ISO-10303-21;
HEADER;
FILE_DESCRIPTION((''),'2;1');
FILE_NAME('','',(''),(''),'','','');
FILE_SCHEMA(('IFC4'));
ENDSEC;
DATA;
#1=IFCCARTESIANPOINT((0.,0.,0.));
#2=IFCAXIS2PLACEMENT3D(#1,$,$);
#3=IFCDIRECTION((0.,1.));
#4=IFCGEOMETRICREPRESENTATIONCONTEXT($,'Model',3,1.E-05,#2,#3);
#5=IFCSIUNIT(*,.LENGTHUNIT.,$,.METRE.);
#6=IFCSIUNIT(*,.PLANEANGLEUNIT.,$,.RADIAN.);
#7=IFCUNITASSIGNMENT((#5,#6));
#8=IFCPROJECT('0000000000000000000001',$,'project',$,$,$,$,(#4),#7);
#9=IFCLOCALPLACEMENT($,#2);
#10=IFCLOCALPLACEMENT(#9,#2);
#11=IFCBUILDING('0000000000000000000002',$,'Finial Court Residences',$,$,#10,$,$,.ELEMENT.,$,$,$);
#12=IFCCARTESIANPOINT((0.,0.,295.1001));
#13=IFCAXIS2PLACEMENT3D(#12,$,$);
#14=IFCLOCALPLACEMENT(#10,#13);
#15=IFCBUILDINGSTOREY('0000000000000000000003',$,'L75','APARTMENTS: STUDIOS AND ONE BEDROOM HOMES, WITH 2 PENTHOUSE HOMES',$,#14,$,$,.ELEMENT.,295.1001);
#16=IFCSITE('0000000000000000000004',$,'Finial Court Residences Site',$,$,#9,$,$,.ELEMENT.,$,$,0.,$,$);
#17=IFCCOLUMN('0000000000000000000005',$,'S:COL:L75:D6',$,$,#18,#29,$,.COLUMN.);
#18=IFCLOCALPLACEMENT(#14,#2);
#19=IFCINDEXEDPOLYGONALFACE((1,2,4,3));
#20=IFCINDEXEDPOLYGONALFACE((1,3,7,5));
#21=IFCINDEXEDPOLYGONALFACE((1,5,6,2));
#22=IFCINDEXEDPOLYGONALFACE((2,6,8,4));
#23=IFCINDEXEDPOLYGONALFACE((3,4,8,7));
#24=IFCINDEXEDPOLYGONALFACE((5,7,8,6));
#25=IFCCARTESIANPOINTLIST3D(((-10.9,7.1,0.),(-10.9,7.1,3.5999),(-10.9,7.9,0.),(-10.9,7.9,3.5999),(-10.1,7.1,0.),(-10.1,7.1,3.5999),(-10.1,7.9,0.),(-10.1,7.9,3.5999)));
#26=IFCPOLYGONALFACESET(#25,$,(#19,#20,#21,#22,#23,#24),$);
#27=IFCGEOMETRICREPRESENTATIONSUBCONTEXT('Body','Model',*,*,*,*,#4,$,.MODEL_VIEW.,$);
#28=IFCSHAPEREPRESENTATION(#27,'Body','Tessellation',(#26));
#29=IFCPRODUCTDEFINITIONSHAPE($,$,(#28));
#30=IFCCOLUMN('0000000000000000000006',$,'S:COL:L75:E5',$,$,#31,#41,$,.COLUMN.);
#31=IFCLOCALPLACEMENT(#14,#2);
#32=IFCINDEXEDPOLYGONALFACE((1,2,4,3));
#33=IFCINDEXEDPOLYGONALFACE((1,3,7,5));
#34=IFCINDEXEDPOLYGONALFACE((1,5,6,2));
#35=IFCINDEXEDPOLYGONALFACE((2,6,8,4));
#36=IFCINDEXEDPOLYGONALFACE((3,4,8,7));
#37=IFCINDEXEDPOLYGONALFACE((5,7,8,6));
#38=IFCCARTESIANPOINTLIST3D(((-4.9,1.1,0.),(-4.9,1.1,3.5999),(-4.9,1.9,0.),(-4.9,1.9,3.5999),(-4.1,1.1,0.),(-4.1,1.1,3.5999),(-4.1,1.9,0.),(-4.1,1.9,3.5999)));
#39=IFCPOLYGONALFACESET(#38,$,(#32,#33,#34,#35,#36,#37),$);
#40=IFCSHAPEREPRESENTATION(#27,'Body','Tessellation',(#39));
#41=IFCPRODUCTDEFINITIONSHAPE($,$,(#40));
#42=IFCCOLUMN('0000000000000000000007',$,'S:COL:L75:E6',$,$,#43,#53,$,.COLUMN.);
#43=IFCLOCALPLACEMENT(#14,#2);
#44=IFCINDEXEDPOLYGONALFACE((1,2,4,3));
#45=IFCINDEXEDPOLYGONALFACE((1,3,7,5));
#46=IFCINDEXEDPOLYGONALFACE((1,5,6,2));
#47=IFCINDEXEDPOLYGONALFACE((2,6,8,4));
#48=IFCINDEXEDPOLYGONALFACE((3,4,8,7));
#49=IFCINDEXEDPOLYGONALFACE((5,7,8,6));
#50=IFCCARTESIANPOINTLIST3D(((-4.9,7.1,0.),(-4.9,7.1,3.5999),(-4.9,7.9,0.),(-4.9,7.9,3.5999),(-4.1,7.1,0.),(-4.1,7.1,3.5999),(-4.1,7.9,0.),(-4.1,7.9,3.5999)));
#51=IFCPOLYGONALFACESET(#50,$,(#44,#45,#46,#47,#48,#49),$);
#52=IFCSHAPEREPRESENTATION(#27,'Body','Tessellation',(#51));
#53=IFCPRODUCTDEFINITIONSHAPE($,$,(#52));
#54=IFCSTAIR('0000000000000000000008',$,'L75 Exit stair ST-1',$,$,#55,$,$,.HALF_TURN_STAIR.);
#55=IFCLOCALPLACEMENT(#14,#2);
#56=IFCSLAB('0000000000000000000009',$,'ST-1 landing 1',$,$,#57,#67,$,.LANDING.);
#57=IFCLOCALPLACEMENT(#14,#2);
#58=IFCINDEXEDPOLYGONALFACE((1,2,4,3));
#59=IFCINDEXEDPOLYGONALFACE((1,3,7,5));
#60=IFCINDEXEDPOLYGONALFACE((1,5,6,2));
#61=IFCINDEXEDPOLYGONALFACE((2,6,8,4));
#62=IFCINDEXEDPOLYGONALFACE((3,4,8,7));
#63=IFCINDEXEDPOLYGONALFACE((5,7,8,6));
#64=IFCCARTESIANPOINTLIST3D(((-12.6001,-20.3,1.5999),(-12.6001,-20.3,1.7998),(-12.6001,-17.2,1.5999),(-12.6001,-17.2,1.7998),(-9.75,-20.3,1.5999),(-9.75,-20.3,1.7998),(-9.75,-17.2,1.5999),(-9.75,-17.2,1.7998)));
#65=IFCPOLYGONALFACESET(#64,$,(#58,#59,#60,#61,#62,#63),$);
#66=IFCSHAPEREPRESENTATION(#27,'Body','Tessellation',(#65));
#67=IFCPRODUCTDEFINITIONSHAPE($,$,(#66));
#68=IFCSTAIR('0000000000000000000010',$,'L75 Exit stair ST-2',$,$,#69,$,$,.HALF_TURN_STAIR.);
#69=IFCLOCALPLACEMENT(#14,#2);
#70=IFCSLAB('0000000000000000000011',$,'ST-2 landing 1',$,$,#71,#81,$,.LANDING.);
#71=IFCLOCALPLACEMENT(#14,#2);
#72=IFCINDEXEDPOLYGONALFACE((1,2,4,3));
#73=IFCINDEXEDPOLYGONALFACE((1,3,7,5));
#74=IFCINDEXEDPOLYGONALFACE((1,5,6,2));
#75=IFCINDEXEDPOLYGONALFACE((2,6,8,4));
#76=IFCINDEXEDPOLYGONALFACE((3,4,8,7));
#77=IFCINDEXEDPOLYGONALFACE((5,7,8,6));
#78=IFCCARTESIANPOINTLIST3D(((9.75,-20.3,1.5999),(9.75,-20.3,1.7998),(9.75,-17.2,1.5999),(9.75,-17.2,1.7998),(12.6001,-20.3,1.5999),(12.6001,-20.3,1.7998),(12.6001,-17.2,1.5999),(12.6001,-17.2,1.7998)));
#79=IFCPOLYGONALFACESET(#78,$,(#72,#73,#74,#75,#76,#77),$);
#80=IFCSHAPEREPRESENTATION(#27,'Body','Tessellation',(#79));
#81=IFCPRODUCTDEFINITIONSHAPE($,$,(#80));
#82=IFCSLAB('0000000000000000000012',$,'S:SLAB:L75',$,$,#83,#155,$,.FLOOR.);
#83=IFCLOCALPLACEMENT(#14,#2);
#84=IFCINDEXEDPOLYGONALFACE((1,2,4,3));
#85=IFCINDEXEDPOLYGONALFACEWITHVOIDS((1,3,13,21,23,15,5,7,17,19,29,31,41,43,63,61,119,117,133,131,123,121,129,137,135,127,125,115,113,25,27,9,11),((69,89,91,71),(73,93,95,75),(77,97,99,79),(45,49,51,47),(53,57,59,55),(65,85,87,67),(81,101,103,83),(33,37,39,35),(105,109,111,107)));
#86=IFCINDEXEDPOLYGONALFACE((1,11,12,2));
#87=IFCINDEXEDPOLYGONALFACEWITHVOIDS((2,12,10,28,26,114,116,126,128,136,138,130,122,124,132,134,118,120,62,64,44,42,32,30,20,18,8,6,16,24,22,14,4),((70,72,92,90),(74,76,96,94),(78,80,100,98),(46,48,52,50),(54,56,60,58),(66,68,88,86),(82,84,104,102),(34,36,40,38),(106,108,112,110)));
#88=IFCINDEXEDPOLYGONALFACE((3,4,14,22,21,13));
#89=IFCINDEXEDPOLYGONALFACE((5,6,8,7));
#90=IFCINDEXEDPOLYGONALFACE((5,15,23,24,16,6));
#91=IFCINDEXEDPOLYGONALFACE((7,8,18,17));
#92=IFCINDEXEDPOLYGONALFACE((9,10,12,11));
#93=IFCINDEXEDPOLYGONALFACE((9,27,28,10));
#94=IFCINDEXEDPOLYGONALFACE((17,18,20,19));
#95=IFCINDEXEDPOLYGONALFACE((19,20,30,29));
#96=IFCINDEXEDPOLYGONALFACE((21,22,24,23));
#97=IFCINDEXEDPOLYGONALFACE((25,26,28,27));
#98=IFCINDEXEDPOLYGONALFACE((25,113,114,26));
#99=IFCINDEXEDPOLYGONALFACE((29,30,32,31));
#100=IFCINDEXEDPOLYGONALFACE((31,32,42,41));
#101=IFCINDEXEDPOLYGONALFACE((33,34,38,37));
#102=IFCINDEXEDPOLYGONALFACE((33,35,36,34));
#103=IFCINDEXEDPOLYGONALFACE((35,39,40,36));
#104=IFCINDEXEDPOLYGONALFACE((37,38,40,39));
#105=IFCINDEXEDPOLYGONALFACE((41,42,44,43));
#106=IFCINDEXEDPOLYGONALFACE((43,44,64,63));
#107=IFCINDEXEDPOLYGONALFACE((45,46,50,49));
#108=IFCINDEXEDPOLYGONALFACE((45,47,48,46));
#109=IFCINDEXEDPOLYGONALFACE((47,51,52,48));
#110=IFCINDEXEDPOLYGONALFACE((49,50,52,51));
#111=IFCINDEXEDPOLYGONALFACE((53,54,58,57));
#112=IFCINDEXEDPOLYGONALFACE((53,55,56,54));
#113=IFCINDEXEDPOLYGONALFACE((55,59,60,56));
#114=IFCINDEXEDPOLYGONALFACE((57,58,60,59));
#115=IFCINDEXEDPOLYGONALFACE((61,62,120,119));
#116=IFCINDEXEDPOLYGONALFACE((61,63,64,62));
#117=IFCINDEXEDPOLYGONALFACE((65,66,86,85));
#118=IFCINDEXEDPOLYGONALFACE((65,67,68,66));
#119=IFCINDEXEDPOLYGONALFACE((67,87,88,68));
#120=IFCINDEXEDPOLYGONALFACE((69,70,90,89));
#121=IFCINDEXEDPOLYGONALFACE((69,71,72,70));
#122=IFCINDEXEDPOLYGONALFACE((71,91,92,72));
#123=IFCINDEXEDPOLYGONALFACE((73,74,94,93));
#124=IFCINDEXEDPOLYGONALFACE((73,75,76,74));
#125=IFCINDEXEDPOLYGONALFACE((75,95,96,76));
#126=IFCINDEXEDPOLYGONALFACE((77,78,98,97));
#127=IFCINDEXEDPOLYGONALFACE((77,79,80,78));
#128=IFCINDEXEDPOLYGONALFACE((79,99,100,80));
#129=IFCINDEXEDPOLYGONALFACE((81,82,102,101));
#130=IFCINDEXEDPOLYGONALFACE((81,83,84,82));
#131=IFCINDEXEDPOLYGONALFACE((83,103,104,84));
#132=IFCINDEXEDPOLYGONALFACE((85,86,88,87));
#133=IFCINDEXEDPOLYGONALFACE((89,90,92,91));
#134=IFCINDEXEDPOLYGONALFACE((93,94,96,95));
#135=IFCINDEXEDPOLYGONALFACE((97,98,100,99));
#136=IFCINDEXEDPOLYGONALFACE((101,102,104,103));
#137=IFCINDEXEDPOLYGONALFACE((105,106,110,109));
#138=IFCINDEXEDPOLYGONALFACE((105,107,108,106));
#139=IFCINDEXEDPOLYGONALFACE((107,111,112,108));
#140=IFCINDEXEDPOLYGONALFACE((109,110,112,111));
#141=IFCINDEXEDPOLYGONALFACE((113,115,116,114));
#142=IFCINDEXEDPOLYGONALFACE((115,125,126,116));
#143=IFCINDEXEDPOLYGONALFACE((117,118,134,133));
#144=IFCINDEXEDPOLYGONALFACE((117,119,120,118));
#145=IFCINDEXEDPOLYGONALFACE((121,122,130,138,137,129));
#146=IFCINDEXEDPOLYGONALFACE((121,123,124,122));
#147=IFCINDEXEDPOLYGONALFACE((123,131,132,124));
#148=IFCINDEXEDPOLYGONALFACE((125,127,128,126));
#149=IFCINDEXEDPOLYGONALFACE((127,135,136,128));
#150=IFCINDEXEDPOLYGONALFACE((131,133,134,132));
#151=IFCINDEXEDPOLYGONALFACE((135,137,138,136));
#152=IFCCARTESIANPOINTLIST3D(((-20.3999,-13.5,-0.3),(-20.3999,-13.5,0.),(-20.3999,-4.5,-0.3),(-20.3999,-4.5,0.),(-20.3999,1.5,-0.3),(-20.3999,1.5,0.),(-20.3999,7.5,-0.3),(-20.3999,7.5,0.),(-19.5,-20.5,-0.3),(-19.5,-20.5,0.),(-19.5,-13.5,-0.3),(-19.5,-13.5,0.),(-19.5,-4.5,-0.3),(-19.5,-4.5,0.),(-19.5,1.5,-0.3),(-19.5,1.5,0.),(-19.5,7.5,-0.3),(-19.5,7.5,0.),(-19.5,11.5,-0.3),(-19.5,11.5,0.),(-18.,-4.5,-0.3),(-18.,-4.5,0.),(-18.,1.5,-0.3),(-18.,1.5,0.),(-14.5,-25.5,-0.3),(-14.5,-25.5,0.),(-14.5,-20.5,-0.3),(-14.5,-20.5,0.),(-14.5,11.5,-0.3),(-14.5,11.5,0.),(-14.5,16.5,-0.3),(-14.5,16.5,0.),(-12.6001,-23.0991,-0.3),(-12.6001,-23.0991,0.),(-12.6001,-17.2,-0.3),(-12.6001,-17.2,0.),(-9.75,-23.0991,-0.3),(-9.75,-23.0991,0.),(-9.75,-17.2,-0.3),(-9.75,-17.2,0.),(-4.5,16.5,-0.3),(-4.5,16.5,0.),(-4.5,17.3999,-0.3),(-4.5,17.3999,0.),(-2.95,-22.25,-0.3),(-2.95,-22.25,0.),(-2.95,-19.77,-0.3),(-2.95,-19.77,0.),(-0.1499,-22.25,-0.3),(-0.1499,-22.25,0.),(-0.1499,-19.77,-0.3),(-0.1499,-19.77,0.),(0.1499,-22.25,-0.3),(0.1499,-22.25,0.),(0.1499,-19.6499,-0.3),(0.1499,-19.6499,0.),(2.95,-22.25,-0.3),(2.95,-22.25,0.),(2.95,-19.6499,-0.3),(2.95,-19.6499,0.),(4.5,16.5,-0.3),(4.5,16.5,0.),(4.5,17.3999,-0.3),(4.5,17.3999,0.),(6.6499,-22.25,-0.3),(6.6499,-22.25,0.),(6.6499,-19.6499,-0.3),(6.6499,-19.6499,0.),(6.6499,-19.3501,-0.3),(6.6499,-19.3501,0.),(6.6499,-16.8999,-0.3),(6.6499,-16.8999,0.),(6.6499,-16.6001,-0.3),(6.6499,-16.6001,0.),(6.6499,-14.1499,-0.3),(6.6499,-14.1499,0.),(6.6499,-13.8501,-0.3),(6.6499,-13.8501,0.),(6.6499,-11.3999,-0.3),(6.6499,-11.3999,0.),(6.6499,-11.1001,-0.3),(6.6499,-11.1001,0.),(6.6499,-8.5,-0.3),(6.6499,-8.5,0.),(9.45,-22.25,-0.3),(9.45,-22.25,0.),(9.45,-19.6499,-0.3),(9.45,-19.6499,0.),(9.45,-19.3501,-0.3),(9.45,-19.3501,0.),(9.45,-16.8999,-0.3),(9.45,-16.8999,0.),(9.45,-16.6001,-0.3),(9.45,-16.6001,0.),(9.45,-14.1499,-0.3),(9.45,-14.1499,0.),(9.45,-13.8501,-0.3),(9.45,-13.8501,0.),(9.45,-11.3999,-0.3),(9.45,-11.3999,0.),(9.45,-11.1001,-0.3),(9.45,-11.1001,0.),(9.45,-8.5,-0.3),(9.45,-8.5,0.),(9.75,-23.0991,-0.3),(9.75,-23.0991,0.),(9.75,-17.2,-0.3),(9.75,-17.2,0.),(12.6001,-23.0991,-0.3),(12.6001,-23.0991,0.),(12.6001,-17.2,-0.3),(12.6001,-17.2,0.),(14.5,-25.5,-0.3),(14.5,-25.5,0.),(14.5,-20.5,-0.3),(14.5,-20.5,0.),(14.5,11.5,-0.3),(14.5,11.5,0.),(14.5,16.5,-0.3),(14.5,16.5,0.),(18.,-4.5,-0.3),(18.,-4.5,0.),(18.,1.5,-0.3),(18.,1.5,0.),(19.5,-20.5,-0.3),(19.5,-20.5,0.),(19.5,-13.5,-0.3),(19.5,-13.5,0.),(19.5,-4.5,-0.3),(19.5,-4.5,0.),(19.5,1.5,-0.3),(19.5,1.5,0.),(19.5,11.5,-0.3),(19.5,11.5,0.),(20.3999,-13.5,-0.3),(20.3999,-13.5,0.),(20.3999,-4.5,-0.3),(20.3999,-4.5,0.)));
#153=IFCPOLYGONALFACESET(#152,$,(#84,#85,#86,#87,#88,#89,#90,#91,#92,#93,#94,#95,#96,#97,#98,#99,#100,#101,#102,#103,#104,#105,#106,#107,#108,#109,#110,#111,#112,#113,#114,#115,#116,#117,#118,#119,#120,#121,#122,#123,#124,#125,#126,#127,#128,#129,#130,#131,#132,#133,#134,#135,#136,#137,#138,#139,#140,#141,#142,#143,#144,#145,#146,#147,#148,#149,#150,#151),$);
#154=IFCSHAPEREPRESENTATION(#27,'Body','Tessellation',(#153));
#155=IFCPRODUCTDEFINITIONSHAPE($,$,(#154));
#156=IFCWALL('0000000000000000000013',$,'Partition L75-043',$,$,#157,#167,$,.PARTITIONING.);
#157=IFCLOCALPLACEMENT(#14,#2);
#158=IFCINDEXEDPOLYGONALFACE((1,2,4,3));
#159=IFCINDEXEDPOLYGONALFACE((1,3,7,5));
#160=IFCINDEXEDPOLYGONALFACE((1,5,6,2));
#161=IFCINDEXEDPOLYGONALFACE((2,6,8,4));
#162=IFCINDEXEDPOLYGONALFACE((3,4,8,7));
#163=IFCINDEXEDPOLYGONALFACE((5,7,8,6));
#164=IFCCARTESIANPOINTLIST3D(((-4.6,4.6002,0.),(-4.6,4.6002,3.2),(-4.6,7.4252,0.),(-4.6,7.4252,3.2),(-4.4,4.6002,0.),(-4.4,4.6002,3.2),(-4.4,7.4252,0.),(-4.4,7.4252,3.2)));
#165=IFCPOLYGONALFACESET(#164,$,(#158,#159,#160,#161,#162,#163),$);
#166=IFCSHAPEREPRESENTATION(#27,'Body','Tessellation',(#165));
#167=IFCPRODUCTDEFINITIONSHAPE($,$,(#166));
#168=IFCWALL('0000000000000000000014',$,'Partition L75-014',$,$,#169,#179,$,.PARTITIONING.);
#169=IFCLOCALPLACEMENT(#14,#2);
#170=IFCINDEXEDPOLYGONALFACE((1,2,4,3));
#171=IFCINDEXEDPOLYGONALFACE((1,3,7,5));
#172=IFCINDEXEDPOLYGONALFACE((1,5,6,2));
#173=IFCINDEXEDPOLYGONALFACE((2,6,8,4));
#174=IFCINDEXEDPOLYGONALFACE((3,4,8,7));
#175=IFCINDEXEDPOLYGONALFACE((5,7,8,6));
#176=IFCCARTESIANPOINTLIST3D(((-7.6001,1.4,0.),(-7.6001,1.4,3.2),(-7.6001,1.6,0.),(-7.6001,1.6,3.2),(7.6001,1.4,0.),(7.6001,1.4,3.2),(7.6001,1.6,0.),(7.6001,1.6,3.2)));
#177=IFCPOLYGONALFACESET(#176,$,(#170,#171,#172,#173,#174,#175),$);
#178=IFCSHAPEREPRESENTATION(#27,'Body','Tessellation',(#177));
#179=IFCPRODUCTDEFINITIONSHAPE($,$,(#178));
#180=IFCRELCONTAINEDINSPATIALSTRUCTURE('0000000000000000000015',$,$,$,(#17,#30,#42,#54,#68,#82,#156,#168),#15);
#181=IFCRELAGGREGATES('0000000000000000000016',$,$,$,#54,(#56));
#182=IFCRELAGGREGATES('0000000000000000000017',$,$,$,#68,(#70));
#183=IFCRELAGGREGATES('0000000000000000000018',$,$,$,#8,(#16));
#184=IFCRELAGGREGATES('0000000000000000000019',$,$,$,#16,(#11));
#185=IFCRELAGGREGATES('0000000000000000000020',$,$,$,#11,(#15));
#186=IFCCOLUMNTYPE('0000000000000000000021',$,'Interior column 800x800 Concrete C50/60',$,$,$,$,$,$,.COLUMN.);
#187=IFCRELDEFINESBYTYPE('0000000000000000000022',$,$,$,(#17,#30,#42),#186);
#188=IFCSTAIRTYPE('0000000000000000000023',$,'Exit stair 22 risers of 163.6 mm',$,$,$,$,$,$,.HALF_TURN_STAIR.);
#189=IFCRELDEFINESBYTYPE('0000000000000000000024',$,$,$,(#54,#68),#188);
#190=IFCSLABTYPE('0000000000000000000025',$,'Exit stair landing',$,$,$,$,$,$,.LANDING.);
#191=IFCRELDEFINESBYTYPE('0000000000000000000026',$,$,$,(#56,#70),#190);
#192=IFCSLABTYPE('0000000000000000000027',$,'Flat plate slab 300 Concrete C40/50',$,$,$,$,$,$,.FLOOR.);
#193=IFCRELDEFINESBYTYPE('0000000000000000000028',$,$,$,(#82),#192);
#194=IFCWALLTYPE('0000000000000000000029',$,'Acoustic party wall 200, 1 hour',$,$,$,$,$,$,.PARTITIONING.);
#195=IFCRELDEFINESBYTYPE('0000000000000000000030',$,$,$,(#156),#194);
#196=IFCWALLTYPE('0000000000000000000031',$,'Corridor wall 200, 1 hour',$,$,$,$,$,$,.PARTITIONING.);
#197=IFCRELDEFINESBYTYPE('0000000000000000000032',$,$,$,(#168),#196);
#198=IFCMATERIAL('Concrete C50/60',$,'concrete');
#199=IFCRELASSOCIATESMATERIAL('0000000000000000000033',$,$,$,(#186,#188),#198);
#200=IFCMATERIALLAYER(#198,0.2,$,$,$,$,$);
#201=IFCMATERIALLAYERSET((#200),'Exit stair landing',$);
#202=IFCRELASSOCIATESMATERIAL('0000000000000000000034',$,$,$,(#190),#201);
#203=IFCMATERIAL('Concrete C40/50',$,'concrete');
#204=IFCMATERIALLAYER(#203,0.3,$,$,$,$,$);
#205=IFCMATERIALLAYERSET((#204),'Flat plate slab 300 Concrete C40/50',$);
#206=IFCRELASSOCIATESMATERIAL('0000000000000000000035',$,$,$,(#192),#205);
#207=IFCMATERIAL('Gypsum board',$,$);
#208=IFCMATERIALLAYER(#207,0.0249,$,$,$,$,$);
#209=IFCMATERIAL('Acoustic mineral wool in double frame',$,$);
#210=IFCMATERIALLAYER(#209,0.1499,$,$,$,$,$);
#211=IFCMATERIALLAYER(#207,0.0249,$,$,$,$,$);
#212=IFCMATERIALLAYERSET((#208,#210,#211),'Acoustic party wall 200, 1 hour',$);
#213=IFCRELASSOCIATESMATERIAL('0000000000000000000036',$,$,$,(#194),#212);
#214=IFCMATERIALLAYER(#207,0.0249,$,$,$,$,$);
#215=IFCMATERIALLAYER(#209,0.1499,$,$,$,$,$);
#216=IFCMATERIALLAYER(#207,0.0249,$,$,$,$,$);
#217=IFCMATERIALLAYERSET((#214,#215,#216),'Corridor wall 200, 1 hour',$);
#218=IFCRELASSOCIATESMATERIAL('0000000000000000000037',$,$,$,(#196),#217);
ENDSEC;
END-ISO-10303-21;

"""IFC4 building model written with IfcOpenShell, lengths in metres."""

from ifc_helpers import new_model, si_unit, direction, frame, frame_2d, origin, origin_2d, place, context, subcontext, project, spatial, polyline, rectangle, outline, extrude, material, layer, layer_set, material_profile, profile_set, type_object, element, aggregate, save


model = new_model("IFC4")

# Units and contexts
model_context = context("Model", 3, precision=1e-05, world=origin(), true_north=direction((0.0, 1.0)))
body_context = subcontext(model_context, "Body", "Model", "MODEL_VIEW")
ifc_project = project(units=[si_unit("LENGTHUNIT", "METRE"), si_unit("PLANEANGLEUNIT", "RADIAN")], contexts=[model_context])

# Site, building, storey
site_placement = place(None, origin())
site = spatial("IfcSite", under=ifc_project, at=site_placement, Name="Finial Court Residences Site", CompositionType="ELEMENT", RefElevation=0.0)
building_placement = place(site_placement, origin())
building = spatial("IfcBuilding", under=site, at=building_placement, Name="Finial Court Residences", CompositionType="ELEMENT")
storey_placement = place(building_placement, frame((0.0, 0.0, 295.1001)))
storey = spatial("IfcBuildingStorey", under=building, at=storey_placement, Name="L75", Description="APARTMENTS: STUDIOS AND ONE BEDROOM HOMES, WITH 2 PENTHOUSE HOMES", CompositionType="ELEMENT", Elevation=295.1001)

# Columns
ifc_material_1 = material(Name="Concrete C50/60", Category="concrete")
ifc_material_profile = material_profile(ifc_material_1, rectangle(XDim=0.8, YDim=0.8, at=origin_2d()), Name="800x800")
ifc_profile_set = profile_set([ifc_material_profile], Name="Concrete C50/60")
column_type = type_object("IfcColumnType", Name="Interior column 800x800 Concrete C50/60", PredefinedType="COLUMN", material=ifc_profile_set)
for number, where, z_axis, x_axis, name in (
    (1, (-10.5, 7.5, 0.0), (0.0, 0.0, 1.0), (1.0, 0.0, 0.0), "S:COL:L75:D6"),
    (2, (-4.5, 1.5, 0.0), (0.0, 0.0, 1.0), (1.0, 0.0, 0.0), "S:COL:L75:E5"),
    (3, (-4.5, 7.5, 0.0), (0.0, 0.0, 1.0), (1.0, 0.0, 0.0), "S:COL:L75:E6"),
):
    element("IfcColumn", number, at=place(storey_placement, frame(where, z_axis=z_axis, x_axis=x_axis)), inside=storey, type_object=column_type, Name=name, PredefinedType="COLUMN", context=body_context, shape_type="SweptSolid", body=[
        extrude(rectangle(XDim=0.8, YDim=0.8, at=origin_2d()), origin(), (0.0, 0.0, 1.0), 3.5999),
    ])

# Stairs, slabs
stair_type = type_object("IfcStairType", Name="Exit stair 22 risers of 163.6 mm", PredefinedType="HALF_TURN_STAIR", material=ifc_material_1)
stair_1_placement = place(storey_placement, origin())
stair_1 = element("IfcStair", 4, at=stair_1_placement, inside=storey, type_object=stair_type, Name="L75 Exit stair ST-1", PredefinedType="HALF_TURN_STAIR")
ifc_layer_1 = layer(ifc_material_1, 0.2)
ifc_layer_set_1 = layer_set([ifc_layer_1], Name="Exit stair landing")
slab_type_1 = type_object("IfcSlabType", Name="Exit stair landing", PredefinedType="LANDING", material=ifc_layer_set_1)
slab_1_placement = place(storey_placement, frame((0.0, 0.0, 1.5999)))
slab_1 = element("IfcSlab", 5, at=slab_1_placement, type_object=slab_type_1, Name="ST-1 landing 1", PredefinedType="LANDING", context=body_context, shape_type="SweptSolid", body=[
    extrude(outline(polyline([(-9.75, -20.3), (-9.75, -17.2), (-12.6001, -17.2), (-12.6001, -20.3), (-9.75, -20.3)])), origin(), (0.0, 0.0, 1.0), 0.2),
])
aggregate(stair_1, [slab_1])
stair_2_placement = place(storey_placement, origin())
stair_2 = element("IfcStair", 6, at=stair_2_placement, inside=storey, type_object=stair_type, Name="L75 Exit stair ST-2", PredefinedType="HALF_TURN_STAIR")
slab_2_placement = place(storey_placement, frame((0.0, 0.0, 1.5999)))
slab_2 = element("IfcSlab", 7, at=slab_2_placement, type_object=slab_type_1, Name="ST-2 landing 1", PredefinedType="LANDING", context=body_context, shape_type="SweptSolid", body=[
    extrude(outline(polyline([(12.6001, -20.3), (12.6001, -17.2), (9.75, -17.2), (9.75, -20.3), (12.6001, -20.3)])), origin(), (0.0, 0.0, 1.0), 0.2),
])
aggregate(stair_2, [slab_2])

# Slab
ifc_material_2 = material(Name="Concrete C40/50", Category="concrete")
ifc_layer_2 = layer(ifc_material_2, 0.3)
ifc_layer_set_2 = layer_set([ifc_layer_2], Name="Flat plate slab 300 Concrete C40/50")
slab_type_2 = type_object("IfcSlabType", Name="Flat plate slab 300 Concrete C40/50", PredefinedType="FLOOR", material=ifc_layer_set_2)
slab_3_placement = place(storey_placement, frame((0.0, 0.0, -0.3)))
element("IfcSlab", 8, at=slab_3_placement, inside=storey, type_object=slab_type_2, Name="S:SLAB:L75", PredefinedType="FLOOR", context=body_context, shape_type="SweptSolid", body=[
    extrude(outline(polyline([(-20.3999, -13.5), (-20.3999, -4.5), (-19.5, -4.5), (-18.0, -4.5), (-18.0, 1.5), (-19.5, 1.5), (-20.3999, 1.5), (-20.3999, 7.5), (-19.5, 7.5), (-19.5, 11.5), (-14.5, 11.5), (-14.5, 16.5), (-4.5, 16.5), (-4.5, 17.3999), (4.5, 17.3999), (4.5, 16.5), (14.5, 16.5), (14.5, 11.5), (19.5, 11.5), (19.5, 1.5), (18.0, 1.5), (18.0, -4.5), (19.5, -4.5), (20.3999, -4.5), (20.3999, -13.5), (19.5, -13.5), (19.5, -20.5), (14.5, -20.5), (14.5, -25.5), (-14.5, -25.5), (-14.5, -20.5), (-19.5, -20.5), (-19.5, -13.5), (-20.3999, -13.5)]), holes=[polyline([(-0.1499, -19.77), (-2.95, -19.77), (-2.95, -22.25), (-0.1499, -22.25), (-0.1499, -19.77)]), polyline([(2.95, -19.6499), (0.1499, -19.6499), (0.1499, -22.25), (2.95, -22.25), (2.95, -19.6499)]), polyline([(9.45, -19.6499), (6.6499, -19.6499), (6.6499, -22.25), (9.45, -22.25), (9.45, -19.6499)]), polyline([(-12.6001, -17.2), (-12.6001, -23.0991), (-9.75, -23.0991), (-9.75, -17.2), (-12.6001, -17.2)]), polyline([(9.75, -17.2), (9.75, -23.0991), (12.6001, -23.0991), (12.6001, -17.2), (9.75, -17.2)]), polyline([(9.45, -16.8999), (6.6499, -16.8999), (6.6499, -19.3501), (9.45, -19.3501), (9.45, -16.8999)]), polyline([(9.45, -14.1499), (6.6499, -14.1499), (6.6499, -16.6001), (9.45, -16.6001), (9.45, -14.1499)]), polyline([(9.45, -13.8501), (9.45, -11.3999), (6.6499, -11.3999), (6.6499, -13.8501), (9.45, -13.8501)]), polyline([(9.45, -11.1001), (9.45, -8.5), (6.6499, -8.5), (6.6499, -11.1001), (9.45, -11.1001)])]), origin(), (0.0, 0.0, 1.0), 0.3),
])

# Walls
ifc_material_3 = material(Name="Gypsum board")
ifc_layer_3 = layer(ifc_material_3, 0.0249)
ifc_material_4 = material(Name="Acoustic mineral wool in double frame")
ifc_layer_4 = layer(ifc_material_4, 0.1499)
ifc_layer_5 = layer(ifc_material_3, 0.0249)
ifc_layer_set_3 = layer_set([ifc_layer_3, ifc_layer_4, ifc_layer_5], Name="Acoustic party wall 200, 1 hour")
wall_type_1 = type_object("IfcWallType", Name="Acoustic party wall 200, 1 hour", PredefinedType="PARTITIONING", material=ifc_layer_set_3)
wall_1_placement = place(storey_placement, frame((-4.5, 4.6001, 0.0), z_axis=(0.0, 0.0, 1.0), x_axis=(0.0, 1.0, 0.0)))
element("IfcWall", 9, at=wall_1_placement, inside=storey, type_object=wall_type_1, Name="Partition L75-043", PredefinedType="PARTITIONING", context=body_context, shape_type="SweptSolid", body=[
    extrude(rectangle(XDim=2.825, YDim=0.2, at=frame_2d((1.4126, 0.0))), origin(), (0.0, 0.0, 1.0), 3.2),
])
ifc_layer_6 = layer(ifc_material_3, 0.0249)
ifc_layer_7 = layer(ifc_material_4, 0.1499)
ifc_layer_8 = layer(ifc_material_3, 0.0249)
ifc_layer_set_4 = layer_set([ifc_layer_6, ifc_layer_7, ifc_layer_8], Name="Corridor wall 200, 1 hour")
wall_type_2 = type_object("IfcWallType", Name="Corridor wall 200, 1 hour", PredefinedType="PARTITIONING", material=ifc_layer_set_4)
wall_2_placement = place(storey_placement, frame((-7.6001, 1.5, 0.0), z_axis=(0.0, 0.0, 1.0), x_axis=(1.0, 0.0, 0.0)))
element("IfcWall", 10, at=wall_2_placement, inside=storey, type_object=wall_type_2, Name="Partition L75-014", PredefinedType="PARTITIONING", context=body_context, shape_type="SweptSolid", body=[
    extrude(rectangle(XDim=15.2002, YDim=0.2, at=frame_2d((7.6001, 0.0))), origin(), (0.0, 0.0, 1.0), 3.2),
])

save(model, "model.ifc")
